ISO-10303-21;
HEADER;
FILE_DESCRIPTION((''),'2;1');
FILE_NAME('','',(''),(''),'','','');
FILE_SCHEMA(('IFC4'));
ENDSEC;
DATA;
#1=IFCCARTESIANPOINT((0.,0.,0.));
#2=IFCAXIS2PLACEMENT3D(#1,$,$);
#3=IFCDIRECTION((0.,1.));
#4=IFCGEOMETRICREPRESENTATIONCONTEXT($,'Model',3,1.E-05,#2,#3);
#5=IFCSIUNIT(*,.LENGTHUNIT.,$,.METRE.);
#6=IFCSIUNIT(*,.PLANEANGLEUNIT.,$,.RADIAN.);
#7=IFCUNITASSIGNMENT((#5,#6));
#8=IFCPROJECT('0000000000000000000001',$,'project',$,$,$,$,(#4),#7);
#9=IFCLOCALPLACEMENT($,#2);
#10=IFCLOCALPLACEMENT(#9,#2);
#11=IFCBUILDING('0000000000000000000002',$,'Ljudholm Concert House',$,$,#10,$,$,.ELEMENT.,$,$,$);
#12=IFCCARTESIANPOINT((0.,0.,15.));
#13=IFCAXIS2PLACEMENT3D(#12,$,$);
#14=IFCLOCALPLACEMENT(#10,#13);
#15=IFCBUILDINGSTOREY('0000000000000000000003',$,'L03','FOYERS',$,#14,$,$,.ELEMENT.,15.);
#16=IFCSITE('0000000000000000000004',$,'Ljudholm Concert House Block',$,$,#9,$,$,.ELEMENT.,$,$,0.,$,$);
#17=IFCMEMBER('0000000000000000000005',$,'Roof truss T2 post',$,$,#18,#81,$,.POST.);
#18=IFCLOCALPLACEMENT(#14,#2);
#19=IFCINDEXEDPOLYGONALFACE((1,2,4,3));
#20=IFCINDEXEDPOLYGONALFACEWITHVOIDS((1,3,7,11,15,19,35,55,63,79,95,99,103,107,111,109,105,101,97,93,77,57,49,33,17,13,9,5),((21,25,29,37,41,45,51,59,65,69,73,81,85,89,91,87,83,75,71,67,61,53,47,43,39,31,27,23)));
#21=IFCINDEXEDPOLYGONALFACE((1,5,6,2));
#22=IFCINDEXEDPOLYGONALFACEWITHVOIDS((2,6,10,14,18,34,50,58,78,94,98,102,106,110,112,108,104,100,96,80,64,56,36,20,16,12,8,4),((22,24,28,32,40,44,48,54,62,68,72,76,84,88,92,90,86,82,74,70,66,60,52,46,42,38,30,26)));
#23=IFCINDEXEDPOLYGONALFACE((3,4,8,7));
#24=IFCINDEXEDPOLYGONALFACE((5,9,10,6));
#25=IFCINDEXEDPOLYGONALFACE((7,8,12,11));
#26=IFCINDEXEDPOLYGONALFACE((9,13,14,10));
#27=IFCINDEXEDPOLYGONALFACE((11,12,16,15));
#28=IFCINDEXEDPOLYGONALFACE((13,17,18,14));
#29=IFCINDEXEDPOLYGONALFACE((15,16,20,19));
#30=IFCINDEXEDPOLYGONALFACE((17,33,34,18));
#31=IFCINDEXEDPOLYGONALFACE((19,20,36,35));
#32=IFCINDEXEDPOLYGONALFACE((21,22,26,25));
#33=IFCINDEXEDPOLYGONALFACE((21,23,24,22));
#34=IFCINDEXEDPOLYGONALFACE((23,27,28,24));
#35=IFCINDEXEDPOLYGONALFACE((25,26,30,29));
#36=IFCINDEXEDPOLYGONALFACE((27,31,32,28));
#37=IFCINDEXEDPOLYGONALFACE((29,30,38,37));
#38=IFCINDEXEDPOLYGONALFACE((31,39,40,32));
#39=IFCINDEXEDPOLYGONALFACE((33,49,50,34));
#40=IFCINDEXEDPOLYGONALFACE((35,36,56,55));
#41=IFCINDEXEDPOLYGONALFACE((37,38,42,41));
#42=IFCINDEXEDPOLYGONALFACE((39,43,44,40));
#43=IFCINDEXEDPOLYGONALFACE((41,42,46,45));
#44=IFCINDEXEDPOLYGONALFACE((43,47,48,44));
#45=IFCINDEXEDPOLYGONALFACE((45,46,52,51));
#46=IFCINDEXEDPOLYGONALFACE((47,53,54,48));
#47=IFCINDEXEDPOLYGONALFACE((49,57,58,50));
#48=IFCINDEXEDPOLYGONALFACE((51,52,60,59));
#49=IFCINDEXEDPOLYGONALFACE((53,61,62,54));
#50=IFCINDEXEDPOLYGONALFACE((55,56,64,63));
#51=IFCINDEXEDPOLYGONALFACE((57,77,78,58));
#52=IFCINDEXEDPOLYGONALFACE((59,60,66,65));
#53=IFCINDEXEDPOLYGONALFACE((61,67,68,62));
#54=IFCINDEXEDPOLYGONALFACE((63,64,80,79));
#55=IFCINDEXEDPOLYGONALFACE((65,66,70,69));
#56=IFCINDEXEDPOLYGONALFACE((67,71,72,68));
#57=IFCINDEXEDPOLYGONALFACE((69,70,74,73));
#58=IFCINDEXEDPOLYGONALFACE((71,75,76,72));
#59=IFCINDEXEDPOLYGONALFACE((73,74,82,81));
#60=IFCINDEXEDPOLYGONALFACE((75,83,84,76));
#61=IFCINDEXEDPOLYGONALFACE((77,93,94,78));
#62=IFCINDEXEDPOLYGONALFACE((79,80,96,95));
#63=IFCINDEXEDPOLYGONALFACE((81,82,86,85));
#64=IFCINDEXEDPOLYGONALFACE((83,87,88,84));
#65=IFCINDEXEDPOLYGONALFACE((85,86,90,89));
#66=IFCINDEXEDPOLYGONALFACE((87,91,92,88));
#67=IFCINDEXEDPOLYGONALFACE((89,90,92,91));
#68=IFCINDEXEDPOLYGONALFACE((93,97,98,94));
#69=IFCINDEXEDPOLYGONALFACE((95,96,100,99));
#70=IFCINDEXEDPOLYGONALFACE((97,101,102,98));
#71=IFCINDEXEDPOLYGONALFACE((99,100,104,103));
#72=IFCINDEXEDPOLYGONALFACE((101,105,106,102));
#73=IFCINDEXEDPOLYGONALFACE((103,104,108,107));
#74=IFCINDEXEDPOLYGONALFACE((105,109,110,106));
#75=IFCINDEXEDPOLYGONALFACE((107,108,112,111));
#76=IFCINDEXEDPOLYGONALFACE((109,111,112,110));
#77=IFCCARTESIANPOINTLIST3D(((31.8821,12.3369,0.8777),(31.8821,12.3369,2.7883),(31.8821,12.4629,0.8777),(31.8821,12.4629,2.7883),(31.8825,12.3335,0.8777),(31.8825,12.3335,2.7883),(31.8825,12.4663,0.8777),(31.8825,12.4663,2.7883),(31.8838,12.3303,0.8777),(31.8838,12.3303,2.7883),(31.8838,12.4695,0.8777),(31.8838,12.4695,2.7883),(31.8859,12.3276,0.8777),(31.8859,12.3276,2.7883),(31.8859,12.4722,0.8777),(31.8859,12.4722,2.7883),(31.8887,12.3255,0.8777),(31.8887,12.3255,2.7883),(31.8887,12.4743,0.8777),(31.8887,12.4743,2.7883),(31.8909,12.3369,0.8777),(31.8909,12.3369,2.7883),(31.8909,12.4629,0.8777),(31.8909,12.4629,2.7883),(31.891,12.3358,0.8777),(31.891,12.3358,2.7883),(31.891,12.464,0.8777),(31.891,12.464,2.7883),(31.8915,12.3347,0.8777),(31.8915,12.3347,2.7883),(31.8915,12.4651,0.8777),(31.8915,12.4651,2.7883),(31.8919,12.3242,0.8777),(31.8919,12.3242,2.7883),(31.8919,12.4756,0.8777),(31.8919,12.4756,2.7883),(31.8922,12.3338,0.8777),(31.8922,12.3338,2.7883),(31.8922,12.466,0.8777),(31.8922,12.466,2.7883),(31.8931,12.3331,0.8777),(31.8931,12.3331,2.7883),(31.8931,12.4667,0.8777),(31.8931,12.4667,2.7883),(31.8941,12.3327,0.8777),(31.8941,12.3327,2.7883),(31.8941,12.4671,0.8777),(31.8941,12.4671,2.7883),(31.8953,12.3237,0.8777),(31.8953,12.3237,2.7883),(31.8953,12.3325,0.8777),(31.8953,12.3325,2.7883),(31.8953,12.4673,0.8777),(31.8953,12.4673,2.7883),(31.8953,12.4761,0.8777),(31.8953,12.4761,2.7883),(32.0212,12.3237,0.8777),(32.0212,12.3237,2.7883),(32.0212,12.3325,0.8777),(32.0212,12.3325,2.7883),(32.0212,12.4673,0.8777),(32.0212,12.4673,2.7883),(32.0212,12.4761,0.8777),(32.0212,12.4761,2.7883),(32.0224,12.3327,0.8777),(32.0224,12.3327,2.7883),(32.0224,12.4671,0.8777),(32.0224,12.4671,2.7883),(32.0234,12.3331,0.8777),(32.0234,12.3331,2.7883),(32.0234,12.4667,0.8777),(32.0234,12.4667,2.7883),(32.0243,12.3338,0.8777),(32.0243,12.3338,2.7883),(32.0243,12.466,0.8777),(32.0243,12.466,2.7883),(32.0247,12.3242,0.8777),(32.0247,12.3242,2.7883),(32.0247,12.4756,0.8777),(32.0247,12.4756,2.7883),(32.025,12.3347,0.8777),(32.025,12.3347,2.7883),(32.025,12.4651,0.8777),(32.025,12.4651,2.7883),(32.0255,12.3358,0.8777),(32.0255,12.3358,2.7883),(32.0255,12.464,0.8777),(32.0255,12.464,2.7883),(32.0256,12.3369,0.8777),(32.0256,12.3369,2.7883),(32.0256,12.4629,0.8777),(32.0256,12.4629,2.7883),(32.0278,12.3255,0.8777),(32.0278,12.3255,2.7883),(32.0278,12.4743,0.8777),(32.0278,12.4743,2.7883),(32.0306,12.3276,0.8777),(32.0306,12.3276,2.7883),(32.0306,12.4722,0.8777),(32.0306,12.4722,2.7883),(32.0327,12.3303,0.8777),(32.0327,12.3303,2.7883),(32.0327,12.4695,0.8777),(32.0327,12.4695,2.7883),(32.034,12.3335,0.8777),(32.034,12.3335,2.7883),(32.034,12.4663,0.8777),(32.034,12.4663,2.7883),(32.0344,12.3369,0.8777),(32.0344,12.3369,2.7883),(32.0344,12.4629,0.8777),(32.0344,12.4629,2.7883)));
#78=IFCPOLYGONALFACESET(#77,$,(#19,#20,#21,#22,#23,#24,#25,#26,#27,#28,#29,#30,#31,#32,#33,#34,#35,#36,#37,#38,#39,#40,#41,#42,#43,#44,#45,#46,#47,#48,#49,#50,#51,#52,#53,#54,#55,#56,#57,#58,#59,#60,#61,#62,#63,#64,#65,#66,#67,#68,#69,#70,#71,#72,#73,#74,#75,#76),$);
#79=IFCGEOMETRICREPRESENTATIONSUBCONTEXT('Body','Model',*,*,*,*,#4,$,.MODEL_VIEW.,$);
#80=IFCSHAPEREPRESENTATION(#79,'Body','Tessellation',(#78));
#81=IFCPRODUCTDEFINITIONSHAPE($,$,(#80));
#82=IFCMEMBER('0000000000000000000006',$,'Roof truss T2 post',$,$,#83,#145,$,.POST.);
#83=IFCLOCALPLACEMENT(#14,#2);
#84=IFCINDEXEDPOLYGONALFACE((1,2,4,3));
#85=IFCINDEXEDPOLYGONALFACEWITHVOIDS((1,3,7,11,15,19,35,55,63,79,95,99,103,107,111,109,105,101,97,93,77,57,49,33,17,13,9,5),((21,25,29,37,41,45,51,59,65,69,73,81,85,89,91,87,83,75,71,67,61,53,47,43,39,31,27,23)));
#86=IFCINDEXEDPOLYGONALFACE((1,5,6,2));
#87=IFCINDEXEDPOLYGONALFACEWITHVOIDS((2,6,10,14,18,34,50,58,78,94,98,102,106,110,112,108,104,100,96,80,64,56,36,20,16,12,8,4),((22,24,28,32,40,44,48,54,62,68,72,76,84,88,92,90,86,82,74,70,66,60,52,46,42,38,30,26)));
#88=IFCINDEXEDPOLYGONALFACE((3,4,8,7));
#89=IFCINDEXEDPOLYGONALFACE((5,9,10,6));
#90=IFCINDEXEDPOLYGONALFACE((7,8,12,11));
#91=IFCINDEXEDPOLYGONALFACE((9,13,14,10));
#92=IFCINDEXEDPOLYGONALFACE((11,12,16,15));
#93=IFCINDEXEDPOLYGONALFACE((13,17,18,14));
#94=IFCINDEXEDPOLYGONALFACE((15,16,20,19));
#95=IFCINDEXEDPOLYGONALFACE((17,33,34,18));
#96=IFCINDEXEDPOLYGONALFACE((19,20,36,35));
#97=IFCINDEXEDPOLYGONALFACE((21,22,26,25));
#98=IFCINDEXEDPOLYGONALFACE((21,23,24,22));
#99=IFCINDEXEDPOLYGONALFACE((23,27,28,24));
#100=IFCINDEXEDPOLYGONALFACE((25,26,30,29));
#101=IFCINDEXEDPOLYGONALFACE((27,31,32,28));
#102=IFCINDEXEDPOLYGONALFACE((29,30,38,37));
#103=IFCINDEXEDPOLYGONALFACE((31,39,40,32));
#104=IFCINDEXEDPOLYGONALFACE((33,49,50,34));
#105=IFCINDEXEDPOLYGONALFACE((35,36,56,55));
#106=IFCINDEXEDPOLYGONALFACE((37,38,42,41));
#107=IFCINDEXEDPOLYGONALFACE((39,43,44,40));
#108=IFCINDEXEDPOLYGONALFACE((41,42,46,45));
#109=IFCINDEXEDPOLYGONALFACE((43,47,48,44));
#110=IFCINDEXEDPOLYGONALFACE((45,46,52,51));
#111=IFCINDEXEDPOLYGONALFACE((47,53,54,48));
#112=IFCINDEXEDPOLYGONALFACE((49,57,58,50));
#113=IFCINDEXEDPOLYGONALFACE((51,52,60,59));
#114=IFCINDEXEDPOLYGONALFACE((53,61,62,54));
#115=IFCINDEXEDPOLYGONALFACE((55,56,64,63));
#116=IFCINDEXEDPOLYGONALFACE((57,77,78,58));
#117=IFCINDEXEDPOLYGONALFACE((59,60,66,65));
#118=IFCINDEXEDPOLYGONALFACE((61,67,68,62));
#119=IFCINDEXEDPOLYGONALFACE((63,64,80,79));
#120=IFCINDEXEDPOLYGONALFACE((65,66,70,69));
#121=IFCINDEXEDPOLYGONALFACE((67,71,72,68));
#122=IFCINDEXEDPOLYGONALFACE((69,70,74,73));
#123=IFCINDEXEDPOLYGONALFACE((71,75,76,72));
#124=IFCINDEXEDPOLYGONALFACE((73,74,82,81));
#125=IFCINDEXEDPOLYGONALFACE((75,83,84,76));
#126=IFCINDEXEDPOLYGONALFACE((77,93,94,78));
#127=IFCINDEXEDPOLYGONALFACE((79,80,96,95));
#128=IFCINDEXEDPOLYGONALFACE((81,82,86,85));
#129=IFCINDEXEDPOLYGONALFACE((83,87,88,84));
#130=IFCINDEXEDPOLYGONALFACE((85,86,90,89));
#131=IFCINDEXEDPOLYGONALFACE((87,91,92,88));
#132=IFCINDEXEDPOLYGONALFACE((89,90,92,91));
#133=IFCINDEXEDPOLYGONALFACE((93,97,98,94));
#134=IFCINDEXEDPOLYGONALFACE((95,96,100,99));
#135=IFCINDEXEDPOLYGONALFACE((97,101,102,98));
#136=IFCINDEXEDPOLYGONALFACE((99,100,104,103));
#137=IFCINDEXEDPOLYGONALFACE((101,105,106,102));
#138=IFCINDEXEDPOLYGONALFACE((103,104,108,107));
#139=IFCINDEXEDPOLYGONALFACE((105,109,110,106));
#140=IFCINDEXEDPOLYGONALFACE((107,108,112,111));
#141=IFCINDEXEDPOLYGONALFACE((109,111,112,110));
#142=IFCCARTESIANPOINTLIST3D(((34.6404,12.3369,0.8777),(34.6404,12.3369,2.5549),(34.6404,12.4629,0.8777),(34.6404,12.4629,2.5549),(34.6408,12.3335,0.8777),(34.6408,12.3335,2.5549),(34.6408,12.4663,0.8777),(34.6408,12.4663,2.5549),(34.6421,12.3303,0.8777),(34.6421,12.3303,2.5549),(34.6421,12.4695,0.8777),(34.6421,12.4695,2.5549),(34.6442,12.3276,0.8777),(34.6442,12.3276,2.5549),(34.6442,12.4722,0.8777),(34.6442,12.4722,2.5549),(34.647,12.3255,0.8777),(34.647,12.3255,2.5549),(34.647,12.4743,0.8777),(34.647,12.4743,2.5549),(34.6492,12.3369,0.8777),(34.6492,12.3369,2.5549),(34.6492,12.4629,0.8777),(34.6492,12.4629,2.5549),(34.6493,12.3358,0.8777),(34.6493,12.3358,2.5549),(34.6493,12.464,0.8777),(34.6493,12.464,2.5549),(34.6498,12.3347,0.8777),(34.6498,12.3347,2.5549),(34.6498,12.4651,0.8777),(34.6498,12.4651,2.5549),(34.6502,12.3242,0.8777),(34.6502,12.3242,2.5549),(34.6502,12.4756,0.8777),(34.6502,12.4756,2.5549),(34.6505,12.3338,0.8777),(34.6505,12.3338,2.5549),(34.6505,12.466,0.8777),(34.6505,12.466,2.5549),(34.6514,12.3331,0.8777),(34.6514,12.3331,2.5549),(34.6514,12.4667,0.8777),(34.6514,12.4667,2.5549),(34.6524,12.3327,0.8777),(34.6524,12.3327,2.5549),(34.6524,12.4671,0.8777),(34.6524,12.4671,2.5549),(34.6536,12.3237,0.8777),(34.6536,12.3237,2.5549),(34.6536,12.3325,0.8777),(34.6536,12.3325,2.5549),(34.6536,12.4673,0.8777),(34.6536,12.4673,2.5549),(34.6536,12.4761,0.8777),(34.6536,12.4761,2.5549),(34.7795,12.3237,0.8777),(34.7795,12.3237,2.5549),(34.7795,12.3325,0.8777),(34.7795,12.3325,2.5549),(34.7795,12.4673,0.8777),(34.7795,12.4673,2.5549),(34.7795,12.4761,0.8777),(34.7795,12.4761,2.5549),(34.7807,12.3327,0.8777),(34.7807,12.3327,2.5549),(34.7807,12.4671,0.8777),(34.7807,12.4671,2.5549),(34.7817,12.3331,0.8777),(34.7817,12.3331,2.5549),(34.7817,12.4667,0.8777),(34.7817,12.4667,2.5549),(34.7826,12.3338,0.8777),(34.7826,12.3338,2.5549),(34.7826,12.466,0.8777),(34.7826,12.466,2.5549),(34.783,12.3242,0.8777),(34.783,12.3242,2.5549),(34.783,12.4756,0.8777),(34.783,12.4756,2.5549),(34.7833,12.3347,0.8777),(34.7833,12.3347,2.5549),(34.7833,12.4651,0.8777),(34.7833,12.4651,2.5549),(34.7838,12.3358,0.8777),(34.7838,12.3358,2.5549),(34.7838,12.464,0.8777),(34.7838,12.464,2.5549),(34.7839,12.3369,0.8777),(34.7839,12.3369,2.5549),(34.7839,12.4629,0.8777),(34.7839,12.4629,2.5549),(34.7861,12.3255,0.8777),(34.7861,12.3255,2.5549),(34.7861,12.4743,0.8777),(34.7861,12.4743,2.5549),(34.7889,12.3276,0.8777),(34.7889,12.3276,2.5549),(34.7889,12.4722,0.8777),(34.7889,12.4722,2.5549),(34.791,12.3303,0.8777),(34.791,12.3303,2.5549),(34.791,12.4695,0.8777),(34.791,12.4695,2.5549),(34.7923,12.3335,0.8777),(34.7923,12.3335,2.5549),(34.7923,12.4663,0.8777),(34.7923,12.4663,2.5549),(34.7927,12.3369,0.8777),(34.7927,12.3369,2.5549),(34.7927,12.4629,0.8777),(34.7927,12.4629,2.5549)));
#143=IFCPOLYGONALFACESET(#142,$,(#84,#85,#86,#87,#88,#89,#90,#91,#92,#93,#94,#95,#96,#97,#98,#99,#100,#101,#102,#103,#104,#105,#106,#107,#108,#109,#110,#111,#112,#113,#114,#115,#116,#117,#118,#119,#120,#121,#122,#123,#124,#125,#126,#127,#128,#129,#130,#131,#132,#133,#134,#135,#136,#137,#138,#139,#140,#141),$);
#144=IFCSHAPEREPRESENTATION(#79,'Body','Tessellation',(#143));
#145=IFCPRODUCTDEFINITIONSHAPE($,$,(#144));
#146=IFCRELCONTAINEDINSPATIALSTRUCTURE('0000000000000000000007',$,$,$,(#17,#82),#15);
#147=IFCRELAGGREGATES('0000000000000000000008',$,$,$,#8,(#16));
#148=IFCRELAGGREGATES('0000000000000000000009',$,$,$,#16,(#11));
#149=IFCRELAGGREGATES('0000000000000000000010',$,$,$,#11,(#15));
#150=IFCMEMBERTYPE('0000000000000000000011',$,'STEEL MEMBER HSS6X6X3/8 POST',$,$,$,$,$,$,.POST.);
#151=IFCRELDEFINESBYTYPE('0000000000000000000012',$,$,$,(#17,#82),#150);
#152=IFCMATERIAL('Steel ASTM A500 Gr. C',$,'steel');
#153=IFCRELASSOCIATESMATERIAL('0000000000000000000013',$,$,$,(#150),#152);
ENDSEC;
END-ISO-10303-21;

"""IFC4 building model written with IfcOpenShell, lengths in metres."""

from ifc_helpers import new_model, si_unit, direction, frame, origin, origin_2d, place, context, subcontext, project, spatial, hollow_rectangle, extrude, material, material_profile, profile_set, type_object, element, save


model = new_model("IFC4")

# Units and contexts
model_context = context("Model", 3, precision=1e-05, world=origin(), true_north=direction((0.0, 1.0)))
body_context = subcontext(model_context, "Body", "Model", "MODEL_VIEW")
ifc_project = project(units=[si_unit("LENGTHUNIT", "METRE"), si_unit("PLANEANGLEUNIT", "RADIAN")], contexts=[model_context])

# Site, building, storey
site_placement = place(None, origin())
site = spatial("IfcSite", under=ifc_project, at=site_placement, Name="Ljudholm Concert House Block", CompositionType="ELEMENT", RefElevation=0.0)
building_placement = place(site_placement, origin())
building = spatial("IfcBuilding", under=site, at=building_placement, Name="Ljudholm Concert House", CompositionType="ELEMENT")
storey_placement = place(building_placement, frame((0.0, 0.0, 15.0)))
storey = spatial("IfcBuildingStorey", under=building, at=storey_placement, Name="L03", Description="FOYERS", CompositionType="ELEMENT", Elevation=15.0)

# Members
ifc_material_1 = material(Name="Steel ASTM A500 Gr. C", Category="steel")
ifc_material_profile_1 = material_profile(ifc_material_1, hollow_rectangle(XDim=0.1523, YDim=0.1523, WallThickness=0.0088, InnerFilletRadius=0.0044, OuterFilletRadius=0.0132, at=origin_2d()), Name="HSS6X6X3/8")
ifc_profile_set_1 = profile_set([ifc_material_profile_1], Name="Steel ASTM A500 Gr. C")
member_type_1 = type_object("IfcMemberType", Name="STEEL MEMBER HSS6X6X3/8 POST", PredefinedType="POST", material=ifc_profile_set_1)
member_1_placement = place(storey_placement, frame((31.9583, 12.3999, 0.8777), z_axis=(0.0, 0.0, 1.0), x_axis=(1.0, 0.0, 0.0)))
element("IfcMember", 1, at=member_1_placement, inside=storey, type_object=member_type_1, Name="Roof truss T2 post", PredefinedType="POST", context=body_context, shape_type="SweptSolid", body=[
    extrude(hollow_rectangle(XDim=0.1523, YDim=0.1523, WallThickness=0.0088, InnerFilletRadius=0.0044, OuterFilletRadius=0.0132, at=origin_2d()), origin(), (0.0, 0.0, 1.0), 1.9106),
])
member_2_placement = place(storey_placement, frame((34.7166, 12.3999, 0.8777), z_axis=(0.0, 0.0, 1.0), x_axis=(1.0, 0.0, 0.0)))
element("IfcMember", 2, at=member_2_placement, inside=storey, type_object=member_type_1, Name="Roof truss T2 post", PredefinedType="POST", context=body_context, shape_type="SweptSolid", body=[
    extrude(hollow_rectangle(XDim=0.1523, YDim=0.1523, WallThickness=0.0088, InnerFilletRadius=0.0044, OuterFilletRadius=0.0132, at=origin_2d()), origin(), (0.0, 0.0, 1.0), 1.6772),
])

save(model, "model.ifc")
